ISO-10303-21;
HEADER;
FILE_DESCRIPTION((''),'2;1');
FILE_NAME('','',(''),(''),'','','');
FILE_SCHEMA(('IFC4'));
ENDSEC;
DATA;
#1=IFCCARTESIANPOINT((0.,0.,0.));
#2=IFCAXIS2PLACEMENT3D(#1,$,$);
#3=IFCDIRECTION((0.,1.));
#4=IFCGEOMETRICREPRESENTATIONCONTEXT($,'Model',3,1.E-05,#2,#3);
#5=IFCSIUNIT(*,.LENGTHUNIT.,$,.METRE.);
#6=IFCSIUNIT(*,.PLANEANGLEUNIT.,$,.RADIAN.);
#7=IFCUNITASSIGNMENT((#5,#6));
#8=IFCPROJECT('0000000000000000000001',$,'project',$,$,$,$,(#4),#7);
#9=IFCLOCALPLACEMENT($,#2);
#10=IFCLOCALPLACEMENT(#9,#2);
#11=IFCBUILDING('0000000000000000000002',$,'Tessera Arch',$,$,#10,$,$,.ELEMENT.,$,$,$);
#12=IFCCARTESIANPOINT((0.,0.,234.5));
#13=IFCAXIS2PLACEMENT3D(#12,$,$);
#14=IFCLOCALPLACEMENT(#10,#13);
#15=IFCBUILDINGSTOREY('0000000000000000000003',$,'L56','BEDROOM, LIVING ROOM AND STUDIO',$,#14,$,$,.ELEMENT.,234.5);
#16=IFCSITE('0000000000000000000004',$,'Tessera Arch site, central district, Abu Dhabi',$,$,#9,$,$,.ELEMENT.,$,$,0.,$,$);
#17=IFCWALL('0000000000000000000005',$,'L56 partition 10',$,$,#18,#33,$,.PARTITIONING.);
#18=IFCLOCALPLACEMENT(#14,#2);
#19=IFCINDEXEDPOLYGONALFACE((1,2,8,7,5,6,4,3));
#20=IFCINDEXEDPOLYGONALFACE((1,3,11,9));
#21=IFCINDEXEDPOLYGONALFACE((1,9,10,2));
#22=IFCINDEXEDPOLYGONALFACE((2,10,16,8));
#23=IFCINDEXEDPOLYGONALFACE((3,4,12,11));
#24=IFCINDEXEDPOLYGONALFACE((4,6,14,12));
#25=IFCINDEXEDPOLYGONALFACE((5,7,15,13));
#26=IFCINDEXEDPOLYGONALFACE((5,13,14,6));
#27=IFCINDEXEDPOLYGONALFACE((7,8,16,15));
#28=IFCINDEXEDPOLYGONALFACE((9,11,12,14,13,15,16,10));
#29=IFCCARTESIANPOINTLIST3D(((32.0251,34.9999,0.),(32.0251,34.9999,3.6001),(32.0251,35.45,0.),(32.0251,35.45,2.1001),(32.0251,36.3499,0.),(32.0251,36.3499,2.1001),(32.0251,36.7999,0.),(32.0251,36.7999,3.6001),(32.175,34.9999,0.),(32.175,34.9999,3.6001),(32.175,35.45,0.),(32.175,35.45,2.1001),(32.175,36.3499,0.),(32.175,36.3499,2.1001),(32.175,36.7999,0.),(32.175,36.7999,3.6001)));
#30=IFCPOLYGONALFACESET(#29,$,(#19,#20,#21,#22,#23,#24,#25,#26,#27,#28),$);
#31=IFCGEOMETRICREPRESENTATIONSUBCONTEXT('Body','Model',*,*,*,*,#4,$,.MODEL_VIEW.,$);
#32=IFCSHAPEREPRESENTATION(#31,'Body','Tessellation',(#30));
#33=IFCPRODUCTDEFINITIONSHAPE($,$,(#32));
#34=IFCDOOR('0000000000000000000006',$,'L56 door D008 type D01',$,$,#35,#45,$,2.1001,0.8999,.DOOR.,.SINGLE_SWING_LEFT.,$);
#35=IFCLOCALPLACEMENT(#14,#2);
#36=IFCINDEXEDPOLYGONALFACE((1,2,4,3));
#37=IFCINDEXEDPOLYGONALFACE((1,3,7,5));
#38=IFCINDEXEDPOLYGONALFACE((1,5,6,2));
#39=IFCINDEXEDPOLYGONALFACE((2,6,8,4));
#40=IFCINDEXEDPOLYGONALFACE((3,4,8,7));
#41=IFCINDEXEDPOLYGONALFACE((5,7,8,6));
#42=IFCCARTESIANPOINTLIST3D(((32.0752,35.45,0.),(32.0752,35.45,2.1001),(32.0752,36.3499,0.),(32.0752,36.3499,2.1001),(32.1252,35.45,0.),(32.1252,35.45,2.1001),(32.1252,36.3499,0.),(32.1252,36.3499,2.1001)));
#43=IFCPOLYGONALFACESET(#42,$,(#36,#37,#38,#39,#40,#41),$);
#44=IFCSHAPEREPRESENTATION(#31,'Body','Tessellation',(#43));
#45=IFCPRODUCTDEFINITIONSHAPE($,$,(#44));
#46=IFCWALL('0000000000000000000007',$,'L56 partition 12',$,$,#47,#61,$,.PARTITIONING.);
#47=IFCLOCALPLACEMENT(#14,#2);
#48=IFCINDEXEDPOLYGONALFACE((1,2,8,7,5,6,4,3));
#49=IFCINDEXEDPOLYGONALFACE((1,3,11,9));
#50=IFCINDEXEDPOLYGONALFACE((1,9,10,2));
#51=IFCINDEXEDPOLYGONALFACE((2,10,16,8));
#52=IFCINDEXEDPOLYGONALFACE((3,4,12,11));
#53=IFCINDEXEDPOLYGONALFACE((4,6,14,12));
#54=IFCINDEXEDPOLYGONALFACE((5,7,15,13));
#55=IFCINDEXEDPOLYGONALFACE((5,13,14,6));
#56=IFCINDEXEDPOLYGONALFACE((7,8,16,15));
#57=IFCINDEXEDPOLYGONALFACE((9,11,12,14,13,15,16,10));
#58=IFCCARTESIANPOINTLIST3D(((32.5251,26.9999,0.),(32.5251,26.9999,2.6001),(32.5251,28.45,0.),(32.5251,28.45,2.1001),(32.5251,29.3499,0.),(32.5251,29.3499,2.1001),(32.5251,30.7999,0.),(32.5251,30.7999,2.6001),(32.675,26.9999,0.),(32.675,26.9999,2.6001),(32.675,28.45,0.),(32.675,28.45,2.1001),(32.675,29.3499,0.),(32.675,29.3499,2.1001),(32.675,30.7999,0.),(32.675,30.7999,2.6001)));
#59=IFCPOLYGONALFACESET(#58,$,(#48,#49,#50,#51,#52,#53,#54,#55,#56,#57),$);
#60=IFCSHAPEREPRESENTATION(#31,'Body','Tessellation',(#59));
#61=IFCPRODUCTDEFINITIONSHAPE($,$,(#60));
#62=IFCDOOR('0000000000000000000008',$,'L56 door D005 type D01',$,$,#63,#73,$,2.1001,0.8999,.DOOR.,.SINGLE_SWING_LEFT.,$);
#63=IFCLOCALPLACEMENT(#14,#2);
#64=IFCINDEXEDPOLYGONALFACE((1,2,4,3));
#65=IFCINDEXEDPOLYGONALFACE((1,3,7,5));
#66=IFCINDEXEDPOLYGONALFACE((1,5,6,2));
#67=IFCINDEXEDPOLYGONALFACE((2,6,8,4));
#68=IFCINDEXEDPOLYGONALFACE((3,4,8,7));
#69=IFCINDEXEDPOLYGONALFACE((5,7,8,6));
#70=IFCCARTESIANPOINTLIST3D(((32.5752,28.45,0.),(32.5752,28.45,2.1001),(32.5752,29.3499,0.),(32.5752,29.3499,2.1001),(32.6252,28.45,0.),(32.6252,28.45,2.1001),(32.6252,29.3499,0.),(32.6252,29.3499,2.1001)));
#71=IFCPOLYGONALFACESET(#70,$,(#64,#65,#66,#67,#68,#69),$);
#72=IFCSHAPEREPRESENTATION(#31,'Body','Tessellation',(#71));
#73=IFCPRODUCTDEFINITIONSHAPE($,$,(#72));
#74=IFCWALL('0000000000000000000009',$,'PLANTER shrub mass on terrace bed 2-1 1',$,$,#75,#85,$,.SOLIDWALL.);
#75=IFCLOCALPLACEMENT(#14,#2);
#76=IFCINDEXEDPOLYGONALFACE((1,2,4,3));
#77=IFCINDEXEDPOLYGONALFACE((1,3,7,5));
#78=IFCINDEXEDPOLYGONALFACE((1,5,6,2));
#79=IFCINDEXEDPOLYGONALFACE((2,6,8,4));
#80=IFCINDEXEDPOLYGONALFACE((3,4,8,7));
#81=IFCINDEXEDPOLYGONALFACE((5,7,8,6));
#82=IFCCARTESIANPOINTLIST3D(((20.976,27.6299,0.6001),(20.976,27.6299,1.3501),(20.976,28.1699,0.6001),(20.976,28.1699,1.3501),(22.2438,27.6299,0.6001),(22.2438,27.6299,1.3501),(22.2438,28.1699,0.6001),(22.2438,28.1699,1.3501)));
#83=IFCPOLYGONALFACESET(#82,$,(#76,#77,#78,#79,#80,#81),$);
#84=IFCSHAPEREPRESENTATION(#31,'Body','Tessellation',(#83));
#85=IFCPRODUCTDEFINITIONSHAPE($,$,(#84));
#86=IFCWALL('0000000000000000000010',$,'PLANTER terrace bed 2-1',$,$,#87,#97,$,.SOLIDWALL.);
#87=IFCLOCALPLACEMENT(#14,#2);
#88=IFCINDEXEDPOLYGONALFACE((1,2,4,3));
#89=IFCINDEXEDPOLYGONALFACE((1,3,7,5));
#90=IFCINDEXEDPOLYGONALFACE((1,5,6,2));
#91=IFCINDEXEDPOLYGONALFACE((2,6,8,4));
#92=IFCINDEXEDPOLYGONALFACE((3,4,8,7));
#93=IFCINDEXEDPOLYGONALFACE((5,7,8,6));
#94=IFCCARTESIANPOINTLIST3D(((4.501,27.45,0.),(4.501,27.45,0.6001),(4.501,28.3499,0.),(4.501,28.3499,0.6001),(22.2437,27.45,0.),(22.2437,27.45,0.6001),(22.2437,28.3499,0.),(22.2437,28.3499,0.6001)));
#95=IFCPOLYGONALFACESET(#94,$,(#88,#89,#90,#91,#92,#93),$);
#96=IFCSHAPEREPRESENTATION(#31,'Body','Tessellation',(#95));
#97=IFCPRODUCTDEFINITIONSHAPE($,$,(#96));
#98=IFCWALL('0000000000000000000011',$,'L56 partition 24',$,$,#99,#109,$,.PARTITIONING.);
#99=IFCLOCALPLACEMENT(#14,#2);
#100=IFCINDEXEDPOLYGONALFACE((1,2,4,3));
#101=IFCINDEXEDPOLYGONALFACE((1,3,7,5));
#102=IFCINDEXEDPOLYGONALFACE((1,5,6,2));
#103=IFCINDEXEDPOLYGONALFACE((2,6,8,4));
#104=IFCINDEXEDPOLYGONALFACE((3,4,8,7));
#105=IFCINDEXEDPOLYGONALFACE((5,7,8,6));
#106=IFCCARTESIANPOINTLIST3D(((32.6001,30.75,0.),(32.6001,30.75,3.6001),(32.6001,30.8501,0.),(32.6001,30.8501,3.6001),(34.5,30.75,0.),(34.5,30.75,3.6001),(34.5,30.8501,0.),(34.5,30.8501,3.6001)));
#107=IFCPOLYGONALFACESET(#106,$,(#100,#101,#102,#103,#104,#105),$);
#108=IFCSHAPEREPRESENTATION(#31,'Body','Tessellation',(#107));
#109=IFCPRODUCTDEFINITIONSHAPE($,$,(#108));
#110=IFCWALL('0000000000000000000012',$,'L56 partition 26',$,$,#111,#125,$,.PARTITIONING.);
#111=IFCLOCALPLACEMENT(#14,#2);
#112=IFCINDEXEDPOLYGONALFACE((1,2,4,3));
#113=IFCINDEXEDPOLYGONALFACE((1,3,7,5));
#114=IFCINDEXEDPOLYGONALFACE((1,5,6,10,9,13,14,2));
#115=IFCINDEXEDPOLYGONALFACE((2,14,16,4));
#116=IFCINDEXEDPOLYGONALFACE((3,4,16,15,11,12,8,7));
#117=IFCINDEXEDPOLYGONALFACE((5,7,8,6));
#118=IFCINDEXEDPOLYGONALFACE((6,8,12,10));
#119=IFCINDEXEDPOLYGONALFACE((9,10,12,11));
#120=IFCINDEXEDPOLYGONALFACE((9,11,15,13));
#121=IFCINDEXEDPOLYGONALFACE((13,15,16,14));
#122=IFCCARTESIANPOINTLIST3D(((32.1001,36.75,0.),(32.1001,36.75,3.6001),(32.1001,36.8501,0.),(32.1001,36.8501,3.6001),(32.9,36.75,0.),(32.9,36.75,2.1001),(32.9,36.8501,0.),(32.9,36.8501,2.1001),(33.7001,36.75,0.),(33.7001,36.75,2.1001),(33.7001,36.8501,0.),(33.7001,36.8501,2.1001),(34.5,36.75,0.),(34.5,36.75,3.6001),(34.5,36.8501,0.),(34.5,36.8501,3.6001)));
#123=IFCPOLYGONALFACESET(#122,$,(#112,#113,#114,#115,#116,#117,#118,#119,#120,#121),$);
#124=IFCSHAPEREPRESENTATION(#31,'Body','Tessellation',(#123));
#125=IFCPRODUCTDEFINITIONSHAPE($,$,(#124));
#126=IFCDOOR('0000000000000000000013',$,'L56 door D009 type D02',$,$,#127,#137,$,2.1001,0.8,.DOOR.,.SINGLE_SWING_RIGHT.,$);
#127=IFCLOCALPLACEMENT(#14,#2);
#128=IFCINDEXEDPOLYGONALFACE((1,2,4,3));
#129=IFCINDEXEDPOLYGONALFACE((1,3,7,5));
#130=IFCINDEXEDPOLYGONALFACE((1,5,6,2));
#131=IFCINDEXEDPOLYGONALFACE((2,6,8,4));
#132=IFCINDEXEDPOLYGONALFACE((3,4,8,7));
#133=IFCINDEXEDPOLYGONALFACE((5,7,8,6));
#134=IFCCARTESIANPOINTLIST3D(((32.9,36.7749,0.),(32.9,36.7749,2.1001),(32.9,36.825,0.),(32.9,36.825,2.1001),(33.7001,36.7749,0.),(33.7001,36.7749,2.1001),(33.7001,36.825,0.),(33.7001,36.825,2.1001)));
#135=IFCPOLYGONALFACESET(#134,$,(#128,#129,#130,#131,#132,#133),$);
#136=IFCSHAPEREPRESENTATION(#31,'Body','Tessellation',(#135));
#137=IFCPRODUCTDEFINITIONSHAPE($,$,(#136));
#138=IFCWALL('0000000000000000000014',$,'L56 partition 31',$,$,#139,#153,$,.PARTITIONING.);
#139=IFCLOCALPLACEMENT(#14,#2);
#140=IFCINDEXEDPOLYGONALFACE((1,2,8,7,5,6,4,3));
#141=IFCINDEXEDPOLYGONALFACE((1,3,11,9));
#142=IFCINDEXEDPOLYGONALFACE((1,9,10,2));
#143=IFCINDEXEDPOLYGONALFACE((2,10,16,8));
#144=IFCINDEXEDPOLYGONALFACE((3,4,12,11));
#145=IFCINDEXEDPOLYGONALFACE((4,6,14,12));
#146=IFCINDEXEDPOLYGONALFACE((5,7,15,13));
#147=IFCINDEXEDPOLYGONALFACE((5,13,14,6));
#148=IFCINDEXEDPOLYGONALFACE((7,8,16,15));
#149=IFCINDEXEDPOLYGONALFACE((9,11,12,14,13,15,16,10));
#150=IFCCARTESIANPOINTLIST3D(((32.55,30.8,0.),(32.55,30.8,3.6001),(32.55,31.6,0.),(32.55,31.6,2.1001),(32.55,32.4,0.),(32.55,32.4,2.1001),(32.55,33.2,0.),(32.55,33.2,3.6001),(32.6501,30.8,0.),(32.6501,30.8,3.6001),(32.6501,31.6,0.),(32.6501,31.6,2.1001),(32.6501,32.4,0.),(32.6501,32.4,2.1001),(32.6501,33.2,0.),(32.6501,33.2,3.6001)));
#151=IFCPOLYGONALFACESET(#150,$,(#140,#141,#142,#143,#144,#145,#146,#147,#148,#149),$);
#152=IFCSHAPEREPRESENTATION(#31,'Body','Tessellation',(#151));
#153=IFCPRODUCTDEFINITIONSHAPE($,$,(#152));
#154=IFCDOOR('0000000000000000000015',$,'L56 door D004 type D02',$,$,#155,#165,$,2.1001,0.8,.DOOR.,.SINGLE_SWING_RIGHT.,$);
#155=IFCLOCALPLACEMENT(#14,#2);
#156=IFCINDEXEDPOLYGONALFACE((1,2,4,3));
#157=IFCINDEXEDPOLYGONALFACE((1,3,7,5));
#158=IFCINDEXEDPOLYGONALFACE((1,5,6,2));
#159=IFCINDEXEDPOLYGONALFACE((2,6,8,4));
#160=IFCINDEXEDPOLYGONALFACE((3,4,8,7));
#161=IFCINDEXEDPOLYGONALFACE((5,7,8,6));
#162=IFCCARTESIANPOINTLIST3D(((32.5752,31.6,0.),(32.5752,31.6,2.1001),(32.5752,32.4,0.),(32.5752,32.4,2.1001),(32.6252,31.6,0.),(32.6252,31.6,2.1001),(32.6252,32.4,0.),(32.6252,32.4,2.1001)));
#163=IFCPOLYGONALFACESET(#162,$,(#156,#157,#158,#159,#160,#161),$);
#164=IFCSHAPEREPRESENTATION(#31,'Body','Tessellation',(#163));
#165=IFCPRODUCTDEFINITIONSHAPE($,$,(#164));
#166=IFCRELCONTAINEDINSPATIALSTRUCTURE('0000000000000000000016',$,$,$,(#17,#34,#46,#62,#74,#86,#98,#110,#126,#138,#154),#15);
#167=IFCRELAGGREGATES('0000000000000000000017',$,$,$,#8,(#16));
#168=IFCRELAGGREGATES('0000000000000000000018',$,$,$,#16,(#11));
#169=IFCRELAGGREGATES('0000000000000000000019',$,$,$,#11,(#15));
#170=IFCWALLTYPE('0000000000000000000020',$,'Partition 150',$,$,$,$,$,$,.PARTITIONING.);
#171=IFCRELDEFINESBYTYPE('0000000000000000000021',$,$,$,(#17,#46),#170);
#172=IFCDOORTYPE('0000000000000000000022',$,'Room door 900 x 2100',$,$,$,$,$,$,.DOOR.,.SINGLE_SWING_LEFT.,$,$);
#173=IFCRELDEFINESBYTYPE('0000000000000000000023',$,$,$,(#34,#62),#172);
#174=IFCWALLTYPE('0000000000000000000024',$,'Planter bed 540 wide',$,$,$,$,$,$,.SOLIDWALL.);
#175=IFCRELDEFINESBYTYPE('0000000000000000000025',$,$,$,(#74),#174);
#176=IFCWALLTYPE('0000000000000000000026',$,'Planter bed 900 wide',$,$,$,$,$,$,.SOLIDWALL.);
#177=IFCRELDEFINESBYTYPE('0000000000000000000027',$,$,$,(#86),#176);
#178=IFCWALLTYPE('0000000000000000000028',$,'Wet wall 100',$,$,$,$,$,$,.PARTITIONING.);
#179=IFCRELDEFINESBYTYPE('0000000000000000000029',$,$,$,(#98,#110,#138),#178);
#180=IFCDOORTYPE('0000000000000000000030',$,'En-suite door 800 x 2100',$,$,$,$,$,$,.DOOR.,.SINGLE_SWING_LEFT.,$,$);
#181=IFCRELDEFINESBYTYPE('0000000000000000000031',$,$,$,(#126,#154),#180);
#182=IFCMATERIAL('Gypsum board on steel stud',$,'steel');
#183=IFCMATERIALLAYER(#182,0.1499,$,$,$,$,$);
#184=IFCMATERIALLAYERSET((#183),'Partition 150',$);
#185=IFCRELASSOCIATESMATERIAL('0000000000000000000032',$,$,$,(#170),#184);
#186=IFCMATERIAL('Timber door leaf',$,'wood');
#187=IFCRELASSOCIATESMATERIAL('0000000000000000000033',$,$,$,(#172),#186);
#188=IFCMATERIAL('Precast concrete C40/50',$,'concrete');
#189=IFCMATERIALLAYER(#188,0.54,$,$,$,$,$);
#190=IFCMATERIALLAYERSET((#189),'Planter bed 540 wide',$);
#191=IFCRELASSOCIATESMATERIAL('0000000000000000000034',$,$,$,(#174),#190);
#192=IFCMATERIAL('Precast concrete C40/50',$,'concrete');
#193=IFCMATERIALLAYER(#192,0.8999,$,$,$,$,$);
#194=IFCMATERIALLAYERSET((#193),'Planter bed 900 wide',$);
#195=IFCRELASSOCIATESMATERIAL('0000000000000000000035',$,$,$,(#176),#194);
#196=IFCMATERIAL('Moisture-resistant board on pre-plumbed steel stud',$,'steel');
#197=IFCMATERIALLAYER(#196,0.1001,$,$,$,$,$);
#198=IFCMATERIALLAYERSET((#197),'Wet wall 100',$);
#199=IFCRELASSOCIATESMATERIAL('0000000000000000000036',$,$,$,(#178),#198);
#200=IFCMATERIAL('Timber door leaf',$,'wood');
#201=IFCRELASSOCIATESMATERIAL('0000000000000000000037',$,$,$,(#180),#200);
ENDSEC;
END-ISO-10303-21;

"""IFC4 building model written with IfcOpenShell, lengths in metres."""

from ifc_helpers import new_model, si_unit, direction, frame, frame_2d, origin, place, context, subcontext, project, spatial, rectangle, extrude, material, layer, layer_set, type_object, element, fill, save


model = new_model("IFC4")

# Units and contexts
model_context = context("Model", 3, precision=1e-05, world=origin(), true_north=direction((0.0, 1.0)))
body_context = subcontext(model_context, "Body", "Model", "MODEL_VIEW")
ifc_project = project(units=[si_unit("LENGTHUNIT", "METRE"), si_unit("PLANEANGLEUNIT", "RADIAN")], contexts=[model_context])

# Site, building, storey
site_placement = place(None, origin())
site = spatial("IfcSite", under=ifc_project, at=site_placement, Name="Tessera Arch site, central district, Abu Dhabi", CompositionType="ELEMENT", RefElevation=0.0)
building_placement = place(site_placement, origin())
building = spatial("IfcBuilding", under=site, at=building_placement, Name="Tessera Arch", CompositionType="ELEMENT")
storey_placement = place(building_placement, frame((0.0, 0.0, 234.5)))
storey = spatial("IfcBuildingStorey", under=building, at=storey_placement, Name="L56", Description="BEDROOM, LIVING ROOM AND STUDIO", CompositionType="ELEMENT", Elevation=234.5)

# Walls, openings, doors
ifc_material_1 = material(Name="Gypsum board on steel stud", Category="steel")
ifc_layer_1 = layer(ifc_material_1, 0.1499)
ifc_layer_set_1 = layer_set([ifc_layer_1], Name="Partition 150")
wall_type_1 = type_object("IfcWallType", Name="Partition 150", PredefinedType="PARTITIONING", material=ifc_layer_set_1)
wall_1_placement = place(storey_placement, frame((32.1001, 35.0, 0.0), z_axis=(0.0, 0.0, 1.0), x_axis=(0.0, 1.0, 0.0)))
wall_1 = element("IfcWall", 1, at=wall_1_placement, inside=storey, type_object=wall_type_1, Name="L56 partition 10", PredefinedType="PARTITIONING", context=body_context, shape_type="SweptSolid", body=[
    extrude(rectangle(XDim=1.8, YDim=0.1499, at=frame_2d((0.8999, 0.0))), origin(), (0.0, 0.0, 1.0), 3.6001),
])
opening_1_placement = place(wall_1_placement, frame((0.45, 0.0, 0.0)))
opening_1 = element("IfcOpeningElement", 2, at=opening_1_placement, cuts=wall_1, PredefinedType="OPENING", context=body_context, shape_type="SweptSolid", body=[
    extrude(rectangle(XDim=0.8999, YDim=2.1001, at=frame_2d((0.45, 1.05))), frame((0.0, 0.085, 0.0), z_axis=(0.0, -1.0, 0.0), x_axis=(1.0, 0.0, 0.0)), (0.0, 0.0, 1.0), 0.1699),
])
ifc_material_2 = material(Name="Timber door leaf", Category="wood")
door_type_1 = type_object("IfcDoorType", Name="Room door 900 x 2100", OperationType="SINGLE_SWING_LEFT", PredefinedType="DOOR", material=ifc_material_2)
door_1_placement = place(opening_1_placement, origin())
door_1 = element("IfcDoor", 3, at=door_1_placement, inside=storey, type_object=door_type_1, Name="L56 door D008 type D01", OperationType="SINGLE_SWING_LEFT", OverallHeight=2.1001, OverallWidth=0.8999, PredefinedType="DOOR", context=body_context, shape_type="SweptSolid", body=[
    extrude(rectangle(XDim=0.8999, YDim=2.1001, at=frame_2d((0.45, 1.05))), frame((0.0, 0.0249, 0.0), z_axis=(0.0, -1.0, 0.0), x_axis=(1.0, 0.0, 0.0)), (0.0, 0.0, 1.0), 0.05),
])
fill(opening_1, door_1)
wall_2_placement = place(storey_placement, frame((32.6001, 27.0, 0.0), z_axis=(0.0, 0.0, 1.0), x_axis=(0.0, 1.0, 0.0)))
wall_2 = element("IfcWall", 4, at=wall_2_placement, inside=storey, type_object=wall_type_1, Name="L56 partition 12", PredefinedType="PARTITIONING", context=body_context, shape_type="SweptSolid", body=[
    extrude(rectangle(XDim=3.8, YDim=0.1499, at=frame_2d((1.8999, 0.0))), origin(), (0.0, 0.0, 1.0), 2.6001),
])
opening_2_placement = place(wall_2_placement, frame((1.45, 0.0, 0.0)))
opening_2 = element("IfcOpeningElement", 5, at=opening_2_placement, cuts=wall_2, PredefinedType="OPENING", context=body_context, shape_type="SweptSolid", body=[
    extrude(rectangle(XDim=0.8999, YDim=2.1001, at=frame_2d((0.45, 1.05))), frame((0.0, 0.085, 0.0), z_axis=(0.0, -1.0, 0.0), x_axis=(1.0, 0.0, 0.0)), (0.0, 0.0, 1.0), 0.1699),
])
door_2_placement = place(opening_2_placement, origin())
door_2 = element("IfcDoor", 6, at=door_2_placement, inside=storey, type_object=door_type_1, Name="L56 door D005 type D01", OperationType="SINGLE_SWING_LEFT", OverallHeight=2.1001, OverallWidth=0.8999, PredefinedType="DOOR", context=body_context, shape_type="SweptSolid", body=[
    extrude(rectangle(XDim=0.8999, YDim=2.1001, at=frame_2d((0.45, 1.05))), frame((0.0, 0.0249, 0.0), z_axis=(0.0, -1.0, 0.0), x_axis=(1.0, 0.0, 0.0)), (0.0, 0.0, 1.0), 0.05),
])
fill(opening_2, door_2)

# Walls
ifc_material_3 = material(Name="Precast concrete C40/50", Category="concrete")
ifc_layer_2 = layer(ifc_material_3, 0.54)
ifc_layer_set_2 = layer_set([ifc_layer_2], Name="Planter bed 540 wide")
wall_type_2 = type_object("IfcWallType", Name="Planter bed 540 wide", PredefinedType="SOLIDWALL", material=ifc_layer_set_2)
wall_3_placement = place(storey_placement, frame((22.2437, 27.8999, 0.6001), z_axis=(0.0, 0.0, 1.0), x_axis=(-1.0, 0.0, 0.0)))
element("IfcWall", 7, at=wall_3_placement, inside=storey, type_object=wall_type_2, Name="PLANTER shrub mass on terrace bed 2-1 1", PredefinedType="SOLIDWALL", context=body_context, shape_type="SweptSolid", body=[
    extrude(rectangle(XDim=1.2678, YDim=0.54, at=frame_2d((0.6338, 0.0))), origin(), (0.0, 0.0, 1.0), 0.75),
])
ifc_material_4 = material(Name="Precast concrete C40/50", Category="concrete")
ifc_layer_3 = layer(ifc_material_4, 0.8999)
ifc_layer_set_3 = layer_set([ifc_layer_3], Name="Planter bed 900 wide")
wall_type_3 = type_object("IfcWallType", Name="Planter bed 900 wide", PredefinedType="SOLIDWALL", material=ifc_layer_set_3)
wall_4_placement = place(storey_placement, frame((22.2437, 27.8999, 0.0), z_axis=(0.0, 0.0, 1.0), x_axis=(-1.0, 0.0, 0.0)))
element("IfcWall", 8, at=wall_4_placement, inside=storey, type_object=wall_type_3, Name="PLANTER terrace bed 2-1", PredefinedType="SOLIDWALL", context=body_context, shape_type="SweptSolid", body=[
    extrude(rectangle(XDim=17.7427, YDim=0.8999, at=frame_2d((8.8713, 0.0))), origin(), (0.0, 0.0, 1.0), 0.6001),
])
ifc_material_5 = material(Name="Moisture-resistant board on pre-plumbed steel stud", Category="steel")
ifc_layer_4 = layer(ifc_material_5, 0.1001)
ifc_layer_set_4 = layer_set([ifc_layer_4], Name="Wet wall 100")
wall_type_4 = type_object("IfcWallType", Name="Wet wall 100", PredefinedType="PARTITIONING", material=ifc_layer_set_4)
wall_5_placement = place(storey_placement, frame((32.6001, 30.8, 0.0), z_axis=(0.0, 0.0, 1.0), x_axis=(1.0, 0.0, 0.0)))
element("IfcWall", 9, at=wall_5_placement, inside=storey, type_object=wall_type_4, Name="L56 partition 24", PredefinedType="PARTITIONING", context=body_context, shape_type="SweptSolid", body=[
    extrude(rectangle(XDim=1.8999, YDim=0.1001, at=frame_2d((0.95, 0.0))), origin(), (0.0, 0.0, 1.0), 3.6001),
])

# Walls, openings, doors
wall_6_placement = place(storey_placement, frame((32.1001, 36.8, 0.0), z_axis=(0.0, 0.0, 1.0), x_axis=(1.0, 0.0, 0.0)))
wall_6 = element("IfcWall", 10, at=wall_6_placement, inside=storey, type_object=wall_type_4, Name="L56 partition 26", PredefinedType="PARTITIONING", context=body_context, shape_type="SweptSolid", body=[
    extrude(rectangle(XDim=2.3999, YDim=0.1001, at=frame_2d((1.2, 0.0))), origin(), (0.0, 0.0, 1.0), 3.6001),
])
opening_3_placement = place(wall_6_placement, frame((0.8, 0.0, 0.0)))
opening_3 = element("IfcOpeningElement", 11, at=opening_3_placement, cuts=wall_6, PredefinedType="OPENING", context=body_context, shape_type="SweptSolid", body=[
    extrude(rectangle(XDim=0.8, YDim=2.1001, at=frame_2d((0.3999, 1.05))), frame((0.0, 0.0601, 0.0), z_axis=(0.0, -1.0, 0.0), x_axis=(1.0, 0.0, 0.0)), (0.0, 0.0, 1.0), 0.1201),
])
ifc_material_6 = material(Name="Timber door leaf", Category="wood")
door_type_2 = type_object("IfcDoorType", Name="En-suite door 800 x 2100", OperationType="SINGLE_SWING_LEFT", PredefinedType="DOOR", material=ifc_material_6)
door_3_placement = place(opening_3_placement, origin())
door_3 = element("IfcDoor", 12, at=door_3_placement, inside=storey, type_object=door_type_2, Name="L56 door D009 type D02", OperationType="SINGLE_SWING_RIGHT", OverallHeight=2.1001, OverallWidth=0.8, PredefinedType="DOOR", context=body_context, shape_type="SweptSolid", body=[
    extrude(rectangle(XDim=0.8, YDim=2.1001, at=frame_2d((0.3999, 1.05))), frame((0.0, 0.0249, 0.0), z_axis=(0.0, -1.0, 0.0), x_axis=(1.0, 0.0, 0.0)), (0.0, 0.0, 1.0), 0.05),
])
fill(opening_3, door_3)
wall_7_placement = place(storey_placement, frame((32.6001, 30.8, 0.0), z_axis=(0.0, 0.0, 1.0), x_axis=(0.0, 1.0, 0.0)))
wall_7 = element("IfcWall", 13, at=wall_7_placement, inside=storey, type_object=wall_type_4, Name="L56 partition 31", PredefinedType="PARTITIONING", context=body_context, shape_type="SweptSolid", body=[
    extrude(rectangle(XDim=2.3999, YDim=0.1001, at=frame_2d((1.2, 0.0))), origin(), (0.0, 0.0, 1.0), 3.6001),
])
opening_4_placement = place(wall_7_placement, frame((0.8, 0.0, 0.0)))
opening_4 = element("IfcOpeningElement", 14, at=opening_4_placement, cuts=wall_7, PredefinedType="OPENING", context=body_context, shape_type="SweptSolid", body=[
    extrude(rectangle(XDim=0.8, YDim=2.1001, at=frame_2d((0.3999, 1.05))), frame((0.0, 0.0601, 0.0), z_axis=(0.0, -1.0, 0.0), x_axis=(1.0, 0.0, 0.0)), (0.0, 0.0, 1.0), 0.1201),
])
door_4_placement = place(opening_4_placement, origin())
door_4 = element("IfcDoor", 15, at=door_4_placement, inside=storey, type_object=door_type_2, Name="L56 door D004 type D02", OperationType="SINGLE_SWING_RIGHT", OverallHeight=2.1001, OverallWidth=0.8, PredefinedType="DOOR", context=body_context, shape_type="SweptSolid", body=[
    extrude(rectangle(XDim=0.8, YDim=2.1001, at=frame_2d((0.3999, 1.05))), frame((0.0, 0.0249, 0.0), z_axis=(0.0, -1.0, 0.0), x_axis=(1.0, 0.0, 0.0)), (0.0, 0.0, 1.0), 0.05),
])
fill(opening_4, door_4)

save(model, "model.ifc")
